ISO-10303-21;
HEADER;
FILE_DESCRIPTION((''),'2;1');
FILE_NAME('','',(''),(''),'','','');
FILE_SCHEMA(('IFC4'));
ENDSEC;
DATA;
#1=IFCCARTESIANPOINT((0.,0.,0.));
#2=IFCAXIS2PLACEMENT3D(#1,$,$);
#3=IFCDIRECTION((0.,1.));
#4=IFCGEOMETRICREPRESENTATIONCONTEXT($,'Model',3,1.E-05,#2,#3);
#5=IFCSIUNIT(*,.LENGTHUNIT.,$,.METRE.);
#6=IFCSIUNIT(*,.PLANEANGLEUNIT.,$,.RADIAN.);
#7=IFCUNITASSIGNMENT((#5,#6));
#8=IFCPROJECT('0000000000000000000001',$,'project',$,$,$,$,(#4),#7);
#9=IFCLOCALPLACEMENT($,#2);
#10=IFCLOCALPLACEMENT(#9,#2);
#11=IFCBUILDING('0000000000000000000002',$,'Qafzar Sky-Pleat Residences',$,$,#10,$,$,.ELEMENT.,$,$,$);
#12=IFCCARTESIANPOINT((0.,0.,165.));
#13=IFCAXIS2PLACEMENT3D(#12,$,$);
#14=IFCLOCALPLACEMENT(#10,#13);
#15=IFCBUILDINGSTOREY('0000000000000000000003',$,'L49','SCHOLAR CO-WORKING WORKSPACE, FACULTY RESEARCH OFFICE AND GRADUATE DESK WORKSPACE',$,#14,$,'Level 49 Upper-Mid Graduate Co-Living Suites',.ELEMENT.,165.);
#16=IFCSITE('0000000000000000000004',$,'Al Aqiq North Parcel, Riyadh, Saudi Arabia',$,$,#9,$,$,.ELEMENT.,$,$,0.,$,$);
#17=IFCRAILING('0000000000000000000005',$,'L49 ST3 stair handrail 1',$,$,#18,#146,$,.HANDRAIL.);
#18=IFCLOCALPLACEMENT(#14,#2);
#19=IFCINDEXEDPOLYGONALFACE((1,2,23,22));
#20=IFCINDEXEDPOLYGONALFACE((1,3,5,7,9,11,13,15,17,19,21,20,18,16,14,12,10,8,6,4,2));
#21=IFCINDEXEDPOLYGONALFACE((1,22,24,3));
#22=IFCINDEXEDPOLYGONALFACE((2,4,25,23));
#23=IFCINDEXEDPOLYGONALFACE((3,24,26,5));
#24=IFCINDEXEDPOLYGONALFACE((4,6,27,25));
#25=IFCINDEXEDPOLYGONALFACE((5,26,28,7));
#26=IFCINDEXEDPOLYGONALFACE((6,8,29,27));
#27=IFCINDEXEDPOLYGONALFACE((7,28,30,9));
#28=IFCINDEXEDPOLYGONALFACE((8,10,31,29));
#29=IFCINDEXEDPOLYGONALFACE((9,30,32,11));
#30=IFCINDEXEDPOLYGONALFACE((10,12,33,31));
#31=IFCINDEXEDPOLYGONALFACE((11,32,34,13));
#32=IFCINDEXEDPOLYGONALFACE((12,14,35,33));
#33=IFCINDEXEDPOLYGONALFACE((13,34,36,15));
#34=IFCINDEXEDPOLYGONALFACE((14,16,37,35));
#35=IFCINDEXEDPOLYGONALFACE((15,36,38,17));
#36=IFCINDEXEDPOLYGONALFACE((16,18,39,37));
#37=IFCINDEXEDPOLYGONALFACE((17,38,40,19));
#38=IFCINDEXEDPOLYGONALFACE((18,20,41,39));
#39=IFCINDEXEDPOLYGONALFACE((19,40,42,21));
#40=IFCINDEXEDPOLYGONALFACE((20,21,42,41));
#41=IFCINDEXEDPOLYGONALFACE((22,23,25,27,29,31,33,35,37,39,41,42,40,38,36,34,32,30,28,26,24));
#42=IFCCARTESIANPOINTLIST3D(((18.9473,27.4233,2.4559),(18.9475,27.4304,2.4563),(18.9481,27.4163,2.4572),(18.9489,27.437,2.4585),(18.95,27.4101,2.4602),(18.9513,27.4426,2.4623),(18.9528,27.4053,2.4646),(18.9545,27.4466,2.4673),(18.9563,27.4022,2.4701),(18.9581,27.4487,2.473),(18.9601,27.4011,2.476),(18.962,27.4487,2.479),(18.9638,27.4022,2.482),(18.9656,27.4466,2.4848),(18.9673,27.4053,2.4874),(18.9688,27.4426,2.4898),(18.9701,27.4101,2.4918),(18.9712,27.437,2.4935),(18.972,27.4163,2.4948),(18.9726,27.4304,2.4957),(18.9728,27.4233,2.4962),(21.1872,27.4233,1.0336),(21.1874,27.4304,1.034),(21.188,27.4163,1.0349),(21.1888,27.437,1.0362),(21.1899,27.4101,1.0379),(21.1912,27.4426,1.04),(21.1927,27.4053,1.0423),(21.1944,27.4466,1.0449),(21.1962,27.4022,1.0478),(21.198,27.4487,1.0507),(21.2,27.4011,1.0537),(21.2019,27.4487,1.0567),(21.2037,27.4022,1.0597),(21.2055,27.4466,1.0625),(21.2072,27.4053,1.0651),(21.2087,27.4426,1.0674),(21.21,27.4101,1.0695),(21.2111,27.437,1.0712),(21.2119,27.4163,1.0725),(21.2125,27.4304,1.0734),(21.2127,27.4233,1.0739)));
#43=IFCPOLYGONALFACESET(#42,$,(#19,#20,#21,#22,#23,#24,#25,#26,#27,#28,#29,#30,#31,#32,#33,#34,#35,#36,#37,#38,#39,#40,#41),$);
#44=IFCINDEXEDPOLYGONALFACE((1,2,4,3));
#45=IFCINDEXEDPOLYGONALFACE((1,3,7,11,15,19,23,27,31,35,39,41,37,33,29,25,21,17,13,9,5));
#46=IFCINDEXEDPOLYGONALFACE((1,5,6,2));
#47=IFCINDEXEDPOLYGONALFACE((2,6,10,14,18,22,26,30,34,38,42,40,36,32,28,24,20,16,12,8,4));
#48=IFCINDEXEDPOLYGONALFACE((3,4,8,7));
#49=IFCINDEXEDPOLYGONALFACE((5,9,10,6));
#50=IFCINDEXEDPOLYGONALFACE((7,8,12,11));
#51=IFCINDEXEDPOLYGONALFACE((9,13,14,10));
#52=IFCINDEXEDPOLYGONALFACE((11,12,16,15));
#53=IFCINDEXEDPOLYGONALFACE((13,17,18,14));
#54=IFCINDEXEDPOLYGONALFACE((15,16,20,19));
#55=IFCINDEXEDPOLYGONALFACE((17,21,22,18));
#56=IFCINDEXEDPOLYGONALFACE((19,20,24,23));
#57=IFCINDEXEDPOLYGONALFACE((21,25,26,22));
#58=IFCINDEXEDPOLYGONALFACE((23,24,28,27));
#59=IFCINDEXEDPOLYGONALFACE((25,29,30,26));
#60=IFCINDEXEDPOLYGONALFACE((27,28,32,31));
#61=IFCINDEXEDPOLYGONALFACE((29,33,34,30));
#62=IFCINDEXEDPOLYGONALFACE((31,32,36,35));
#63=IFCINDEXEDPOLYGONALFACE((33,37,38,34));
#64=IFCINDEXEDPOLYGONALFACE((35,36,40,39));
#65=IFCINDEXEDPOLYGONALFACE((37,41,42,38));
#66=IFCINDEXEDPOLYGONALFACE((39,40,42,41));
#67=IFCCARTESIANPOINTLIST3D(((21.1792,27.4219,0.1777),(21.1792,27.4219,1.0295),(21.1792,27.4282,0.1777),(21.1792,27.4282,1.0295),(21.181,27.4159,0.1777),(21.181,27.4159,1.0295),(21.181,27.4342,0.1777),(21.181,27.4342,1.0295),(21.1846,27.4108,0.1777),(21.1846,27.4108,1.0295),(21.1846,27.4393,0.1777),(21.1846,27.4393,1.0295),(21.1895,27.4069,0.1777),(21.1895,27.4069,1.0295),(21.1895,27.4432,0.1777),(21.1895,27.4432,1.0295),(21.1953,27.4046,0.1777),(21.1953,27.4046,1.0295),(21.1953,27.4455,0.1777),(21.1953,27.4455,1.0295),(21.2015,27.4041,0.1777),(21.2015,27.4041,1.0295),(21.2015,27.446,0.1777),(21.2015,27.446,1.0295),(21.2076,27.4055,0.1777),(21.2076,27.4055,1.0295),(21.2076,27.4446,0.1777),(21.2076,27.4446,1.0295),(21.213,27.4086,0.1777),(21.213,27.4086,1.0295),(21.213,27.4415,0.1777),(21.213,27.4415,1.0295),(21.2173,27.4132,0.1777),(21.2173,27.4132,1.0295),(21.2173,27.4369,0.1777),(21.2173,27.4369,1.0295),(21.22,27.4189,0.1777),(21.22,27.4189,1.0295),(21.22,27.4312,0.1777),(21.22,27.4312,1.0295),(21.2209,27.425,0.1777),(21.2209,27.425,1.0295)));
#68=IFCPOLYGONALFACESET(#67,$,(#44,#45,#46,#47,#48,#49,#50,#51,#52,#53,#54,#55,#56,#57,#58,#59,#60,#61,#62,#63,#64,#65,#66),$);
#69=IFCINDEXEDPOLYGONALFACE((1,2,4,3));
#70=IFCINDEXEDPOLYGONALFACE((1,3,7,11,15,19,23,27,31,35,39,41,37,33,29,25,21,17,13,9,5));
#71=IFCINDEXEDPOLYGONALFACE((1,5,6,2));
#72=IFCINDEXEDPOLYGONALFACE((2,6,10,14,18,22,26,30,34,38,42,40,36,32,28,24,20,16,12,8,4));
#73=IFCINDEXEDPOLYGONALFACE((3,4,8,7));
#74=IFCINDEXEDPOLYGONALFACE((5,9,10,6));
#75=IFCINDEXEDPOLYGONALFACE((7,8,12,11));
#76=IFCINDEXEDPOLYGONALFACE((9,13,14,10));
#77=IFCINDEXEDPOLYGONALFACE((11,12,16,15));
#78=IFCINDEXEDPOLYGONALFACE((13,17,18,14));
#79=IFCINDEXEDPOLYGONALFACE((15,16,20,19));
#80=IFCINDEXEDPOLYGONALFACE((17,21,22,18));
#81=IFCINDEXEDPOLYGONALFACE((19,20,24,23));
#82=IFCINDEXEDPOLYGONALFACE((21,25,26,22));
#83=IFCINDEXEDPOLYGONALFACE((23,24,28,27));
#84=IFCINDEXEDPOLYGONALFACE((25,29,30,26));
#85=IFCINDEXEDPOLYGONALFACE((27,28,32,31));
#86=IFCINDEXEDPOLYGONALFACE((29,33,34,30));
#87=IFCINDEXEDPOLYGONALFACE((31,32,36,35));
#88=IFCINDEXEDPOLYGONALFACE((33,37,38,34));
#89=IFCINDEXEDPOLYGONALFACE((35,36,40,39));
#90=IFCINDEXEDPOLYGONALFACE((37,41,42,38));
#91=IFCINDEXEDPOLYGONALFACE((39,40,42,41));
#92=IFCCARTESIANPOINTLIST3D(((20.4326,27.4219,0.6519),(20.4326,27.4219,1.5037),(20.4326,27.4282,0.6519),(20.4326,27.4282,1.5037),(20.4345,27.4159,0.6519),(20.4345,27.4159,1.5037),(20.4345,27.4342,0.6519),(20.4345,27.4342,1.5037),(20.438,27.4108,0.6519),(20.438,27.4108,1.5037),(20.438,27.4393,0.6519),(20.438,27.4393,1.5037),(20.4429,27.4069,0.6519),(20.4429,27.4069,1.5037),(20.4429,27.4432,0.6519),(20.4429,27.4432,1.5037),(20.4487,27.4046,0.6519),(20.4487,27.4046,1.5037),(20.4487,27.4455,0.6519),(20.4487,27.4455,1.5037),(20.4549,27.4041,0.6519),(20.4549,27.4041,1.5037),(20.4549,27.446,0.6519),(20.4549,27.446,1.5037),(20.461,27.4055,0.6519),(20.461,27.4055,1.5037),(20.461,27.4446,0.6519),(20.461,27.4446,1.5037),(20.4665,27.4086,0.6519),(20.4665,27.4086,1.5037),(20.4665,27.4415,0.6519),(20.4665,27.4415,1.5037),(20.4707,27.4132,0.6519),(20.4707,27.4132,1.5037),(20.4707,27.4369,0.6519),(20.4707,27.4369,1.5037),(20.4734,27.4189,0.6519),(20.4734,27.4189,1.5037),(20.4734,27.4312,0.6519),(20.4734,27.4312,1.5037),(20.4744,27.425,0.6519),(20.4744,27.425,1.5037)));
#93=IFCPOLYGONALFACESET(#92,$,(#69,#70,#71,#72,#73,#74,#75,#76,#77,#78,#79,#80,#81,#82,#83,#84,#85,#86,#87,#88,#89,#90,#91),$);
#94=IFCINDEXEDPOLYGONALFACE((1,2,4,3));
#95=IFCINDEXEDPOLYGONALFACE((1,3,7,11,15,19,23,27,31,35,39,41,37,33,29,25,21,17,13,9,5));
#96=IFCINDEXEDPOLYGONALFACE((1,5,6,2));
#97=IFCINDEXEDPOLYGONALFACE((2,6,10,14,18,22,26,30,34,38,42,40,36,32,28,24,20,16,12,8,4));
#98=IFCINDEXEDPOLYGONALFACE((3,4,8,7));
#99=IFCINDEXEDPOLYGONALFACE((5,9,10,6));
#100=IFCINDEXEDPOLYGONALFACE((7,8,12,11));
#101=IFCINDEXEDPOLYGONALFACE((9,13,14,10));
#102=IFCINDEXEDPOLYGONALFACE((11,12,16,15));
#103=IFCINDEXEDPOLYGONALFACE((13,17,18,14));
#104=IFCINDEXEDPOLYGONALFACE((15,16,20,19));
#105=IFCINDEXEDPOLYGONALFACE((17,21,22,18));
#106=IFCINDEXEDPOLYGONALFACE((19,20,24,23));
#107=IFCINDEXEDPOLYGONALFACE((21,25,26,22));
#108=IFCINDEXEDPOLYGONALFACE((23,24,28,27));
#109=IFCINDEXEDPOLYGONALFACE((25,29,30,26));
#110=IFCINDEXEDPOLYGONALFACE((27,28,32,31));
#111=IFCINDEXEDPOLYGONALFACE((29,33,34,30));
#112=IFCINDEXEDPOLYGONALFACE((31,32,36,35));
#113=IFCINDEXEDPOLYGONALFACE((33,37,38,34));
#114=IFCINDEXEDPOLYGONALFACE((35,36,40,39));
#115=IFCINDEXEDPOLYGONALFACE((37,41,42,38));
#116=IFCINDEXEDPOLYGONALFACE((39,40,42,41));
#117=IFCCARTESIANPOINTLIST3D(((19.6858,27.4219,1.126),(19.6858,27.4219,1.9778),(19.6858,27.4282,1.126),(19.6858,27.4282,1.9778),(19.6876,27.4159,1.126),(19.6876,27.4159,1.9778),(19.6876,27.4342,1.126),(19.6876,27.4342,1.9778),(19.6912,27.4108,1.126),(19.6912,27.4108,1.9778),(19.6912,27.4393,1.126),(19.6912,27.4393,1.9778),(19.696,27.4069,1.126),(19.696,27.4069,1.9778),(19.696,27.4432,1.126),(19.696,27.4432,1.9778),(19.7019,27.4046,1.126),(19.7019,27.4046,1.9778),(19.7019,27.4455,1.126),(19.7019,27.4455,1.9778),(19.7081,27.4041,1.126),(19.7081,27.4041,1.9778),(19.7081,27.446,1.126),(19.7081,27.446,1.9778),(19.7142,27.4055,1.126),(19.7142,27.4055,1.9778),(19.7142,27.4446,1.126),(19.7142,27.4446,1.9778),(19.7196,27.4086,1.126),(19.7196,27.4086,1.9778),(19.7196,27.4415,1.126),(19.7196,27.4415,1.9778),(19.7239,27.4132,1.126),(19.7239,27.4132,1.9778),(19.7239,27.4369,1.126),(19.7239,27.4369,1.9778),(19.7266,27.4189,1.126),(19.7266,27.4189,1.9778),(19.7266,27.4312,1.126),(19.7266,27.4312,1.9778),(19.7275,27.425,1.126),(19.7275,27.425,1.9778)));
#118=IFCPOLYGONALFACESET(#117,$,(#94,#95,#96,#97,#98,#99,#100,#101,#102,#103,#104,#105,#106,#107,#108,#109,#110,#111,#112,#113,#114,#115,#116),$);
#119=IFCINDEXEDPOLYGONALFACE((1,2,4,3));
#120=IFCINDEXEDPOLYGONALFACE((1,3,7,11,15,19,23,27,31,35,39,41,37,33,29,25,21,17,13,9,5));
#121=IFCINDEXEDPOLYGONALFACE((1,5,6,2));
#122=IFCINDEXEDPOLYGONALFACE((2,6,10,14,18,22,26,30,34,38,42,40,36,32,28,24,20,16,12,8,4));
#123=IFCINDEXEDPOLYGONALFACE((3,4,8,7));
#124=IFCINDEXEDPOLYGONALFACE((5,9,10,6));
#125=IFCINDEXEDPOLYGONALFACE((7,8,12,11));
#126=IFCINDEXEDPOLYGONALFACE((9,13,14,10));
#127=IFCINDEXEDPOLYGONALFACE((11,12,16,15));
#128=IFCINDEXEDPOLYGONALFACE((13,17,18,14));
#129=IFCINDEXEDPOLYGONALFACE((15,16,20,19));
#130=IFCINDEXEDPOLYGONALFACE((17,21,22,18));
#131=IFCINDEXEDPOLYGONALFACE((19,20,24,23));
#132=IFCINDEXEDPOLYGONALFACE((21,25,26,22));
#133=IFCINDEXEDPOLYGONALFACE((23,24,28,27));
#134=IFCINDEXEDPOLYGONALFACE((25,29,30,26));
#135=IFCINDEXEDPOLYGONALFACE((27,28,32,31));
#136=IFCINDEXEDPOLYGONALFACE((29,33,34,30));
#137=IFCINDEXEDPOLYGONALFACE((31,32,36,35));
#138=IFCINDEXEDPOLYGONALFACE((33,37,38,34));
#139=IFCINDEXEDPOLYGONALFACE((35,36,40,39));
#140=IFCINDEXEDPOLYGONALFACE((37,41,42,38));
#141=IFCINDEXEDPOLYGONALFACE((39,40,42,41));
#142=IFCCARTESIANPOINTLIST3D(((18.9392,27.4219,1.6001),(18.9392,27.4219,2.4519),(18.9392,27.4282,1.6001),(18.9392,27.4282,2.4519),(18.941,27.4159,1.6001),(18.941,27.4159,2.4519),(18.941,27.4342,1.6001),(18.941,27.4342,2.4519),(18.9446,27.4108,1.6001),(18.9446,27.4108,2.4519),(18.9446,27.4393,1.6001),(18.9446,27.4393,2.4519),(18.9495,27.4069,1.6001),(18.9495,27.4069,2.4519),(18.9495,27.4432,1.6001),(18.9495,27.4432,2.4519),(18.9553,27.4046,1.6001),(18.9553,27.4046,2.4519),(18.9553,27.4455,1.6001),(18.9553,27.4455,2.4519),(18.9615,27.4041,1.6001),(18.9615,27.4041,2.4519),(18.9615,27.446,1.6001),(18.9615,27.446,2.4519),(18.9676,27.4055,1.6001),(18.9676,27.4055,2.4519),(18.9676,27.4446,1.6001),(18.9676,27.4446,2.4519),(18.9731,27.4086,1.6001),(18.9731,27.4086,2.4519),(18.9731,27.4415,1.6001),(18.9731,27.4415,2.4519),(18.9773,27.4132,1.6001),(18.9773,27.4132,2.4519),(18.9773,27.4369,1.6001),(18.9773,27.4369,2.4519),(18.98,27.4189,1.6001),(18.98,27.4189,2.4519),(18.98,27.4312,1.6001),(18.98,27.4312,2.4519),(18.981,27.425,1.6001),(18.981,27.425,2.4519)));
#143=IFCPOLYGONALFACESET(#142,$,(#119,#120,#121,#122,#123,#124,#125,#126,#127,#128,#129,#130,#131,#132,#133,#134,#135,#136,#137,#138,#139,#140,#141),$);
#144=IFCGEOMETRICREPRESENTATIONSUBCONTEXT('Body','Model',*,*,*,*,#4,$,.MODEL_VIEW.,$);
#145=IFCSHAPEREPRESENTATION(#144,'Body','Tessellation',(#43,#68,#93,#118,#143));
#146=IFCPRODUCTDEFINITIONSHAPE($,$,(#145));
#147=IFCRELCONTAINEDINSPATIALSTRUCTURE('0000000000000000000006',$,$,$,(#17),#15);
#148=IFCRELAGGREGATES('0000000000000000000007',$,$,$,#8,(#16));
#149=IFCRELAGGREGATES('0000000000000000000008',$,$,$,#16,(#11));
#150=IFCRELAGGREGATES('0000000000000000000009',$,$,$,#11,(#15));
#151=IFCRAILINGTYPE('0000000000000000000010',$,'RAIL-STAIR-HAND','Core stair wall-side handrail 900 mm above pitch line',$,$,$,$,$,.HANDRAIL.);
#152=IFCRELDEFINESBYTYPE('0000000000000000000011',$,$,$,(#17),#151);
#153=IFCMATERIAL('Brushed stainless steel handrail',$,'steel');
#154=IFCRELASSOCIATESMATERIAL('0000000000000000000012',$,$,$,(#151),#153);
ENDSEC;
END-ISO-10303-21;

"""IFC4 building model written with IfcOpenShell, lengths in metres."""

from ifc_helpers import new_model, si_unit, direction, frame, origin, origin_2d, place, context, subcontext, project, spatial, circle, extrude, source, transform, mapped, material, type_object, element, save


model = new_model("IFC4")

# Units and contexts
model_context = context("Model", 3, precision=1e-05, world=origin(), true_north=direction((0.0, 1.0)))
body_context = subcontext(model_context, "Body", "Model", "MODEL_VIEW")
ifc_project = project(units=[si_unit("LENGTHUNIT", "METRE"), si_unit("PLANEANGLEUNIT", "RADIAN")], contexts=[model_context])

# Site, building, storey
site_placement = place(None, origin())
site = spatial("IfcSite", under=ifc_project, at=site_placement, Name="Al Aqiq North Parcel, Riyadh, Saudi Arabia", CompositionType="ELEMENT", RefElevation=0.0)
building_placement = place(site_placement, origin())
building = spatial("IfcBuilding", under=site, at=building_placement, Name="Qafzar Sky-Pleat Residences", CompositionType="ELEMENT")
storey_placement = place(building_placement, frame((0.0, 0.0, 165.0)))
storey = spatial("IfcBuildingStorey", under=building, at=storey_placement, Name="L49", Description="SCHOLAR CO-WORKING WORKSPACE, FACULTY RESEARCH OFFICE AND GRADUATE DESK WORKSPACE", LongName="Level 49 Upper-Mid Graduate Co-Living Suites", CompositionType="ELEMENT", Elevation=165.0)

# Railing
ifc_material_1 = material(Name="Brushed stainless steel handrail", Category="steel")
railing_type_1 = type_object("IfcRailingType", Name="RAIL-STAIR-HAND", Description="Core stair wall-side handrail 900 mm above pitch line", PredefinedType="HANDRAIL", material=ifc_material_1)
shared_shape_1 = source(origin(), body_context, "Body", "SweptSolid", [
    extrude(circle(Radius=0.0239, at=origin_2d()), frame((0.0, 0.0, 0.876), z_axis=(-0.844188, 0.0, 0.536048), x_axis=(0.0, -1.0, 0.0)), (0.0, 0.0, 1.0), 2.6533),
    extrude(circle(Radius=0.021, at=origin_2d()), origin(), (0.0, 0.0, 1.0), 0.8518),
    extrude(circle(Radius=0.021, at=origin_2d()), frame((-0.7466, 0.0, 0.4741)), (0.0, 0.0, 1.0), 0.8518),
    extrude(circle(Radius=0.021, at=origin_2d()), frame((-1.4934, 0.0, 0.9482)), (0.0, 0.0, 1.0), 0.8518),
    extrude(circle(Radius=0.021, at=origin_2d()), frame((-2.24, 0.0, 1.4224)), (0.0, 0.0, 1.0), 0.8518),
])
railing_1_placement = place(storey_placement, frame((21.2, 27.425, 0.1777)))
element("IfcRailing", 1, at=railing_1_placement, inside=storey, type_object=railing_type_1, Name="L49 ST3 stair handrail 1", PredefinedType="HANDRAIL", context=body_context, shape_type="MappedRepresentation", body=[
    mapped(shared_shape_1, transform((0.0, 0.0, 0.0), x_axis=(1.0, 0.0, 0.0), y_axis=(0.0, 1.0, 0.0), z_axis=(0.0, 0.0, 1.0), scale=1.0)),
])

save(model, "model.ifc")
